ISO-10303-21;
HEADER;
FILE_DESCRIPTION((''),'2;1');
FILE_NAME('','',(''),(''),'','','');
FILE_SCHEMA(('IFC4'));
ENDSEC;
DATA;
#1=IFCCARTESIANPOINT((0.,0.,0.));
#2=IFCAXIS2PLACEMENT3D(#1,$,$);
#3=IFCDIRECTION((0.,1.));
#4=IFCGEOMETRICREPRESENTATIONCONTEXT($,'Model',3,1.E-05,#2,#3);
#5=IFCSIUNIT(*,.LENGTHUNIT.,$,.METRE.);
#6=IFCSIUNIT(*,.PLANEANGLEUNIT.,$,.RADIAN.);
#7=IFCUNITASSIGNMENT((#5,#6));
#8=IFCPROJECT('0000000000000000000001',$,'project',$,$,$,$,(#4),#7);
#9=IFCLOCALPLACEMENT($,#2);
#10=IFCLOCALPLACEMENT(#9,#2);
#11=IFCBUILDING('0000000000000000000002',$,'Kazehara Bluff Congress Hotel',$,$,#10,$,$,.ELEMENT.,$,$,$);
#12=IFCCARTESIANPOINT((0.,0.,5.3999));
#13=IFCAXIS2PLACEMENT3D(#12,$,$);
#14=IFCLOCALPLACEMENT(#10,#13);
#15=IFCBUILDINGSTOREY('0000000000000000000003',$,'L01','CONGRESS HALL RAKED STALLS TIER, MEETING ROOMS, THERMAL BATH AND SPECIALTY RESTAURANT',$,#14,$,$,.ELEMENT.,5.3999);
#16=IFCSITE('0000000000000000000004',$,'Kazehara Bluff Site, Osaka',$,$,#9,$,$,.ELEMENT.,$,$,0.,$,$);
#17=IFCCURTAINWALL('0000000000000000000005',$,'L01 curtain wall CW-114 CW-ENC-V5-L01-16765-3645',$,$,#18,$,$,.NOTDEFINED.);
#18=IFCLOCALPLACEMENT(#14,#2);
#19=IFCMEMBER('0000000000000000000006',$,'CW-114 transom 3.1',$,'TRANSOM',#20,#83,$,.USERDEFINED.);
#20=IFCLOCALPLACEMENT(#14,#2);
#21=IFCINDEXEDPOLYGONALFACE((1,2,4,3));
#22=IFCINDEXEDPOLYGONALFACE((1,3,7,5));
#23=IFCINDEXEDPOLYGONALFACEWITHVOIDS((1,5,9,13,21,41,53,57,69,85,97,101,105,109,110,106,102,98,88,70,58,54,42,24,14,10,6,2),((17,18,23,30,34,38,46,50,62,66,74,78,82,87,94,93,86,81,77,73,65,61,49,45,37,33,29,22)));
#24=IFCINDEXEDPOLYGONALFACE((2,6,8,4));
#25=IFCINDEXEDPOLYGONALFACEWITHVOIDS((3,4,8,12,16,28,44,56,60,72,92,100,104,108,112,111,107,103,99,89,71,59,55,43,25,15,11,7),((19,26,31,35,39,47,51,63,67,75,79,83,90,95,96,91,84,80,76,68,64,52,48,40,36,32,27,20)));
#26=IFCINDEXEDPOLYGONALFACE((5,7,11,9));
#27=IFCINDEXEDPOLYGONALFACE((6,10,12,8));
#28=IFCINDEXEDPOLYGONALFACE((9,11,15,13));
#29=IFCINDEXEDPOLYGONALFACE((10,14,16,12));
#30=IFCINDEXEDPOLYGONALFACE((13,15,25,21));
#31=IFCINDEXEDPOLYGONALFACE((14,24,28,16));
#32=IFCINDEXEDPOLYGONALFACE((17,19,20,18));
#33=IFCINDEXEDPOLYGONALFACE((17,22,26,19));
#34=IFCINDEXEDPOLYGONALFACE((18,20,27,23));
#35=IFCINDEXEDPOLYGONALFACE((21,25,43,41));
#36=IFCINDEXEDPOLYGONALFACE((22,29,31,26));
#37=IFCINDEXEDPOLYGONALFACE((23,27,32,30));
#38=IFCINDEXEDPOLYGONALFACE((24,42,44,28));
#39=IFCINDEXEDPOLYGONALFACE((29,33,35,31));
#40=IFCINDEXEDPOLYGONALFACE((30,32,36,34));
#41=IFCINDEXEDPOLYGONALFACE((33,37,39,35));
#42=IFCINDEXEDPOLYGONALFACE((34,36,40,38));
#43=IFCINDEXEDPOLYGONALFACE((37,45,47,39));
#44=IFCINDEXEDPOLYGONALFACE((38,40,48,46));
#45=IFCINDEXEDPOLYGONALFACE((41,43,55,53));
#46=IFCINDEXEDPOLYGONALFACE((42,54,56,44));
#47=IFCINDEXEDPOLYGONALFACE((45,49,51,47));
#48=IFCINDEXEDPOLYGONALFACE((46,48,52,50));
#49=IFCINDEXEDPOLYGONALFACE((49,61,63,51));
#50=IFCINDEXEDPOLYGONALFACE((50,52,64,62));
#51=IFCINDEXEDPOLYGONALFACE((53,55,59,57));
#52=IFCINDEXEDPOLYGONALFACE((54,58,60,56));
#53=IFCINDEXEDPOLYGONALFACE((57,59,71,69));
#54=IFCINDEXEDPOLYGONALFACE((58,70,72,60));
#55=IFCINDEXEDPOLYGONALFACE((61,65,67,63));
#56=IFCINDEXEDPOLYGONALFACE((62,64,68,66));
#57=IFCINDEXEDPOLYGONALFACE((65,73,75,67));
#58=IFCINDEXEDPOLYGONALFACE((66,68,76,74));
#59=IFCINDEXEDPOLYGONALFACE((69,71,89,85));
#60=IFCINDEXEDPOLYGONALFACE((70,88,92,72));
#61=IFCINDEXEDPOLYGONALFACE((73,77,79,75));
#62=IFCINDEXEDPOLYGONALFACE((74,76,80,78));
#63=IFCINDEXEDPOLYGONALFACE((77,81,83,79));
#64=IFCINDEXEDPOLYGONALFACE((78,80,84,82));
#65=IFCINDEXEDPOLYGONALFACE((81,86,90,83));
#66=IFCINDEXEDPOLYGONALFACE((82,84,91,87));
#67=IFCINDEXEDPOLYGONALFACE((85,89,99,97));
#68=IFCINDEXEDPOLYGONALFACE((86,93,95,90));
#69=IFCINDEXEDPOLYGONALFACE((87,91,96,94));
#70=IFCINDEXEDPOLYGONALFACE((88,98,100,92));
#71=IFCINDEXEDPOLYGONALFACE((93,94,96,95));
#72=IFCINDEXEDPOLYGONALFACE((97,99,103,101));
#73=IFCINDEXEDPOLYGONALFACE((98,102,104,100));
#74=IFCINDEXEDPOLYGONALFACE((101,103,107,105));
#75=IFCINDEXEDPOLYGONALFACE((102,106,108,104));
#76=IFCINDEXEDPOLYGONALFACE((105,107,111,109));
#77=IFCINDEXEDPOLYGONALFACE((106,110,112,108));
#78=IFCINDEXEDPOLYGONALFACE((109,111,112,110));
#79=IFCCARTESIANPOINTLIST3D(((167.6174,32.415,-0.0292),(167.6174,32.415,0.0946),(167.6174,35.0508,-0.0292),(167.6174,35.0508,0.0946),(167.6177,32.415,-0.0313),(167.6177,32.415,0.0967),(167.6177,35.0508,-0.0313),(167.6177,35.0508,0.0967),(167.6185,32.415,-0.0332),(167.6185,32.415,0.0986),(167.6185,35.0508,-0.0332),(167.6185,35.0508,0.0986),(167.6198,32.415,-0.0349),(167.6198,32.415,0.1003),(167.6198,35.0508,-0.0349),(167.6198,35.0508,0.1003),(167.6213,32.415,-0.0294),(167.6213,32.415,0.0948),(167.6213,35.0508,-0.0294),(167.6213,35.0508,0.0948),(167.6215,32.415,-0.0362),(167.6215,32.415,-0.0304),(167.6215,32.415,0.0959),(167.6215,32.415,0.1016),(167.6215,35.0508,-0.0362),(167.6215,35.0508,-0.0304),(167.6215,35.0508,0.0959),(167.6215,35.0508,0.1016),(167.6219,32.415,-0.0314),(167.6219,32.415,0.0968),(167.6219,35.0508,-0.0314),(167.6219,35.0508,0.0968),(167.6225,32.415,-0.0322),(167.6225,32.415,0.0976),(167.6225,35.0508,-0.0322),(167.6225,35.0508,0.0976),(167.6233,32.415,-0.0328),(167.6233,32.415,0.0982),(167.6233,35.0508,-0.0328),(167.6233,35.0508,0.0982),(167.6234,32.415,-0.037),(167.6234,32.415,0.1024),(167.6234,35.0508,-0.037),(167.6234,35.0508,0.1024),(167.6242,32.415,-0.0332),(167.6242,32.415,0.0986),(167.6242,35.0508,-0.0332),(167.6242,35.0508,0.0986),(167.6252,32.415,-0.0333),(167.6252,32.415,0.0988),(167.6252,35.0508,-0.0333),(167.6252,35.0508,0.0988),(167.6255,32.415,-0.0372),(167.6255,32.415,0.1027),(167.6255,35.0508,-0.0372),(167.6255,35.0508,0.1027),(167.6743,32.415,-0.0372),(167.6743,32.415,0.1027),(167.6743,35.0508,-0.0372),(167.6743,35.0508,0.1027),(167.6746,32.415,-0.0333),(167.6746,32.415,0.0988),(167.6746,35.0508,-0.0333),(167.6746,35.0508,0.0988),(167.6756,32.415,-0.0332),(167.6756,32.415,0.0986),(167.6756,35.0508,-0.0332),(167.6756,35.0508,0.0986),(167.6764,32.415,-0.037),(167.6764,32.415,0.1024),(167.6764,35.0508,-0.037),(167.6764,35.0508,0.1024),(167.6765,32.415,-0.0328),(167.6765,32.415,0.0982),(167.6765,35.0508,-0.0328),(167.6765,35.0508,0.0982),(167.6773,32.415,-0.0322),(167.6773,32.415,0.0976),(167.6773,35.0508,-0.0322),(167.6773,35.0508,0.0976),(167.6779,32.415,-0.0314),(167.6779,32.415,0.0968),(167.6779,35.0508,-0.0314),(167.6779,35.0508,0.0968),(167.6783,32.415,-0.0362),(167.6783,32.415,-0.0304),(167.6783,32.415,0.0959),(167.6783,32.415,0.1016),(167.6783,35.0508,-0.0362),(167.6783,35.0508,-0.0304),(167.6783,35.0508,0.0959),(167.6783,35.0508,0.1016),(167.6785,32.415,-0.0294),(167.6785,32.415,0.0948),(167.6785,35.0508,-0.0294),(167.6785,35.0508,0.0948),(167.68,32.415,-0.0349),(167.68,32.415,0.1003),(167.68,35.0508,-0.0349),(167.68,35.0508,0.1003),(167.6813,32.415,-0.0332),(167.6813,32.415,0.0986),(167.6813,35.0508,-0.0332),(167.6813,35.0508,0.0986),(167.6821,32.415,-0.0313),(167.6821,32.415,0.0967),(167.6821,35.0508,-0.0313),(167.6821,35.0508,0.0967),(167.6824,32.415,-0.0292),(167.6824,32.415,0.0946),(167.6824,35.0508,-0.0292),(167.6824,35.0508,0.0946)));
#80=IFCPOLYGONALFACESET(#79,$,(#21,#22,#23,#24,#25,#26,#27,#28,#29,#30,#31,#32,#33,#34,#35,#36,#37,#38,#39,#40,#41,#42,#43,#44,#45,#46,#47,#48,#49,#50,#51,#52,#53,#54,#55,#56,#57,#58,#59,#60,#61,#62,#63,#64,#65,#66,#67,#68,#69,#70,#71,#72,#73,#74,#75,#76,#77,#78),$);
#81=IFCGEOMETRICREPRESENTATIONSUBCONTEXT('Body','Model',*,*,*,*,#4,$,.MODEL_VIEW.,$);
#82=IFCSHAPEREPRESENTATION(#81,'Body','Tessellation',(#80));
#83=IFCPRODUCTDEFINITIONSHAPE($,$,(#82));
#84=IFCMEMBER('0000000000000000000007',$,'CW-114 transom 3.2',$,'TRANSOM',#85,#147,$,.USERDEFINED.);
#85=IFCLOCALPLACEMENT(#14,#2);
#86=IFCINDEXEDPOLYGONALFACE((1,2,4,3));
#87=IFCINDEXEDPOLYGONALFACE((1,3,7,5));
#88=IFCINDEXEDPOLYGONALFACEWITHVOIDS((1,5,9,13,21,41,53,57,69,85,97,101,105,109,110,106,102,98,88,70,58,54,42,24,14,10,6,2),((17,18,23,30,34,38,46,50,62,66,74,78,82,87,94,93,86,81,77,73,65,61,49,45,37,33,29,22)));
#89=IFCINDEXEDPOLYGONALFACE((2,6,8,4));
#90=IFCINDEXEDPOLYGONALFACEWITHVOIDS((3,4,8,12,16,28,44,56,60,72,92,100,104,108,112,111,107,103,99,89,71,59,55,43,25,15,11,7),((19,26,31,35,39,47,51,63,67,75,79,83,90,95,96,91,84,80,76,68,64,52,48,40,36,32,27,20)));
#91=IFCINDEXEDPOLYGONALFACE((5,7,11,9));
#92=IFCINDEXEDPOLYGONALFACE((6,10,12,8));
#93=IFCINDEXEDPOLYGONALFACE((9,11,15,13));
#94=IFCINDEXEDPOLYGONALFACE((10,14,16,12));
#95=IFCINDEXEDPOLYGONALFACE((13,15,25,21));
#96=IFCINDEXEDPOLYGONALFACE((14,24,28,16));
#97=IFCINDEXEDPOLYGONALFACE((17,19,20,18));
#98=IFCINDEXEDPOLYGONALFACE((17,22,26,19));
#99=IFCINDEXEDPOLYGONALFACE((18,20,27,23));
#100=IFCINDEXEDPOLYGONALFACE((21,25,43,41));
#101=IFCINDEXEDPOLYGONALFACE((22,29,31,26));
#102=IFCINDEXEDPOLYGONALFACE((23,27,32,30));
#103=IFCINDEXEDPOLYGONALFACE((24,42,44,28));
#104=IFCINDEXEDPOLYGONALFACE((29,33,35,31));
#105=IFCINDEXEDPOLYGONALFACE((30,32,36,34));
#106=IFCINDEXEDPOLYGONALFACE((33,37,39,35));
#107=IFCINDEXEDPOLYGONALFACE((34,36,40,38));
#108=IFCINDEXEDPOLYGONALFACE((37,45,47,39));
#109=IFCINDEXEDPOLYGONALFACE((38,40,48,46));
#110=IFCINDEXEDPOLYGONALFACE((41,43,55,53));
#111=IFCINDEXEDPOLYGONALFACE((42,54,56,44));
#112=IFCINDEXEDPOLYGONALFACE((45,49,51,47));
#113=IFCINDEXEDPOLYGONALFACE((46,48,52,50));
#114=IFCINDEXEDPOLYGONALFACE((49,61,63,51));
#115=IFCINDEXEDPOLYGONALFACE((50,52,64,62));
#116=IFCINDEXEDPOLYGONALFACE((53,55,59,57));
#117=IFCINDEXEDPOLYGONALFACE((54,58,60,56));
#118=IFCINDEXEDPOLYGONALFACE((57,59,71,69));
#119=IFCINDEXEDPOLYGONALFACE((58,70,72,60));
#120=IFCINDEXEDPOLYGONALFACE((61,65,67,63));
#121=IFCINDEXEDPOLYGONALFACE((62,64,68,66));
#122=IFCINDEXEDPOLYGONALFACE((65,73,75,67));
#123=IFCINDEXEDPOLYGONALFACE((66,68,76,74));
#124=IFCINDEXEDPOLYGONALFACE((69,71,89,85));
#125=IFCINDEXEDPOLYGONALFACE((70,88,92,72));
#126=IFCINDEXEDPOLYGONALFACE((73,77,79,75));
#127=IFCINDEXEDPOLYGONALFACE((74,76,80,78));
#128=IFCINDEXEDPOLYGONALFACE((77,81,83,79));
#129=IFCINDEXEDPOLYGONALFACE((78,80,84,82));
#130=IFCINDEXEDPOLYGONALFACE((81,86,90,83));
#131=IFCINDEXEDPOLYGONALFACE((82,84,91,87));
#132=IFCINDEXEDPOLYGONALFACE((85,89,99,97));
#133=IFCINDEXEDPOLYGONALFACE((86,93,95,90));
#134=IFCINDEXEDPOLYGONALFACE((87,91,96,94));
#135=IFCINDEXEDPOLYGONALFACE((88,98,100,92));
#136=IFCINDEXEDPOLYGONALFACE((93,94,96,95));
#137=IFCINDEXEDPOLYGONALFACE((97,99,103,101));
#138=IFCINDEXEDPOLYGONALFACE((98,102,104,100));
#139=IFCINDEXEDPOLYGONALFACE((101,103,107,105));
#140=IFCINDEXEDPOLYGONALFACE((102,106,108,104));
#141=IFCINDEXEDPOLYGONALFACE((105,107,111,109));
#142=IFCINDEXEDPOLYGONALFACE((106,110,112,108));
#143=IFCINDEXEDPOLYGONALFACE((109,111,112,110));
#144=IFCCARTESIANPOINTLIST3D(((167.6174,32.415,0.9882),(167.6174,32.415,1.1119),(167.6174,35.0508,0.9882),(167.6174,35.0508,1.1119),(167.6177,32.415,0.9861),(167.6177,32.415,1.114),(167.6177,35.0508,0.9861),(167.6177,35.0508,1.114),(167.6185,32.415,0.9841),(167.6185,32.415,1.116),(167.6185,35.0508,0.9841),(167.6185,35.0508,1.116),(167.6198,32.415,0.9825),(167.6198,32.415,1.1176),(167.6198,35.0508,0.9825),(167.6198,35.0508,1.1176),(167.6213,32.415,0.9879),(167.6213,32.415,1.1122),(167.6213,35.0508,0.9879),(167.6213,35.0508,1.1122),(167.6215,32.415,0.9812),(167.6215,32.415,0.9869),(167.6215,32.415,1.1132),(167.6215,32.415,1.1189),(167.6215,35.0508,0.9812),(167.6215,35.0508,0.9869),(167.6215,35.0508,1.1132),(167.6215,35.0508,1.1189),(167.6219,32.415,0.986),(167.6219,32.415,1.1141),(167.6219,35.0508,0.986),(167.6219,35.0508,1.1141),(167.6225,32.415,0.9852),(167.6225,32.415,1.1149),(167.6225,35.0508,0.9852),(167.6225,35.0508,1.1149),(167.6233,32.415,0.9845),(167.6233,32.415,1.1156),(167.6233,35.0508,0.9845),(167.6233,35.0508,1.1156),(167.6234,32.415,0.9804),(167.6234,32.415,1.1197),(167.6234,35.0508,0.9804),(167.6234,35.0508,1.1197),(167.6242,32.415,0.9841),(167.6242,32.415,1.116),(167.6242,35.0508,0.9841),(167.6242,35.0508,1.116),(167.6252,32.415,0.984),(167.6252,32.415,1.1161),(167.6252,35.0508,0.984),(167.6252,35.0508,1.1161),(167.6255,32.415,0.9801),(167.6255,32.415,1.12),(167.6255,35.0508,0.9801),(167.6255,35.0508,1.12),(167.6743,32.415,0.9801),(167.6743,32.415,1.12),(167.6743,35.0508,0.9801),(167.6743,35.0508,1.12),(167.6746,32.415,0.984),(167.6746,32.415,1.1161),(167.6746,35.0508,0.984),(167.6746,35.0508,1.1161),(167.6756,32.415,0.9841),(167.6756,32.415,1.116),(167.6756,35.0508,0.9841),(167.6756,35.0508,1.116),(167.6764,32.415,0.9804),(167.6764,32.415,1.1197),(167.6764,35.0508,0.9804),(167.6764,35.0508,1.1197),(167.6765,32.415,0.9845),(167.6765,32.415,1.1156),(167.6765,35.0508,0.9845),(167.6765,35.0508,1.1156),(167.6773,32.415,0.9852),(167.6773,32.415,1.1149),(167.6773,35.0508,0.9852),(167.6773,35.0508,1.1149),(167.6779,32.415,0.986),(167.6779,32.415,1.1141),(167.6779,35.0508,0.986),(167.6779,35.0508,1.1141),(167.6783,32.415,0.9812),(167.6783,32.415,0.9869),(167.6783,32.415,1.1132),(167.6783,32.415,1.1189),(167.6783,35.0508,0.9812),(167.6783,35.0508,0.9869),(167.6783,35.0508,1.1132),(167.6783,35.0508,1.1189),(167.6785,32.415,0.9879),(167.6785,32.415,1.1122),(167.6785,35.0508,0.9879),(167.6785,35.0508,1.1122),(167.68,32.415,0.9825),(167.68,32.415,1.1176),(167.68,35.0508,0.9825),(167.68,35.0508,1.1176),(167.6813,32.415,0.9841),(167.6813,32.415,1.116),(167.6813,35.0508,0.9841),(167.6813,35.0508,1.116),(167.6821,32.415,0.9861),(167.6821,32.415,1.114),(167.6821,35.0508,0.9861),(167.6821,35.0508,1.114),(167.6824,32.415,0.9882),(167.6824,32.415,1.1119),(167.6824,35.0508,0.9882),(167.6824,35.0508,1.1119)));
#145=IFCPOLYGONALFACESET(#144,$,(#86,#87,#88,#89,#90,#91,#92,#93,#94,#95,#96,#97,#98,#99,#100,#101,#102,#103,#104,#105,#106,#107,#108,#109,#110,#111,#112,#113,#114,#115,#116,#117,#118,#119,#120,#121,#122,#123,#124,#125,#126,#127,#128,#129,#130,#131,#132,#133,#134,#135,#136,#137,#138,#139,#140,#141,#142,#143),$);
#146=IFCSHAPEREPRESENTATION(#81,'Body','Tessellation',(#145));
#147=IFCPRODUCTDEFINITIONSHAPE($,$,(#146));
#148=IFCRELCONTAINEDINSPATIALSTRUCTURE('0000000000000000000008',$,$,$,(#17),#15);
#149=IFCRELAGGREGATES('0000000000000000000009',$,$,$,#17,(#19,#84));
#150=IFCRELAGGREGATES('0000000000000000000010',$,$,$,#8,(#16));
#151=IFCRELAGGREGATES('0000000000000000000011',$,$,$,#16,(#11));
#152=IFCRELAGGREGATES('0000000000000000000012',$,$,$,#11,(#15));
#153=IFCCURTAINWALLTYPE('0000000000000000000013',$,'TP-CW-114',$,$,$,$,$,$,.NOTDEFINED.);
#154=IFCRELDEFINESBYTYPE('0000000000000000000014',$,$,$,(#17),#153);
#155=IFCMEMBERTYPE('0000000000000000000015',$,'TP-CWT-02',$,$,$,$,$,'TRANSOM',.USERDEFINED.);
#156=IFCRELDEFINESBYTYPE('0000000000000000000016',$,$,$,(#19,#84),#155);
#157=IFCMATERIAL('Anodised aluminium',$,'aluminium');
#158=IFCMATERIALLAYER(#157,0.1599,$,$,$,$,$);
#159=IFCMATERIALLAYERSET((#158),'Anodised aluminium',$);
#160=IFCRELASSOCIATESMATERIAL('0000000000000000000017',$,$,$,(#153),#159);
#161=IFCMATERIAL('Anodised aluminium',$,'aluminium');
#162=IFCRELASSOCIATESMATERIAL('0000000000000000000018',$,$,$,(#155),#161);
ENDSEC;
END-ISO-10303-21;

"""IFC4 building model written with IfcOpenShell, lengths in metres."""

from ifc_helpers import new_model, si_unit, direction, frame, origin, origin_2d, place, context, subcontext, project, spatial, hollow_rectangle, extrude, material, layer, layer_set, material_profile, profile_set, type_object, element, aggregate, save


model = new_model("IFC4")

# Units and contexts
model_context = context("Model", 3, precision=1e-05, world=origin(), true_north=direction((0.0, 1.0)))
body_context = subcontext(model_context, "Body", "Model", "MODEL_VIEW")
ifc_project = project(units=[si_unit("LENGTHUNIT", "METRE"), si_unit("PLANEANGLEUNIT", "RADIAN")], contexts=[model_context])

# Site, building, storey
site_placement = place(None, origin())
site = spatial("IfcSite", under=ifc_project, at=site_placement, Name="Kazehara Bluff Site, Osaka", CompositionType="ELEMENT", RefElevation=0.0)
building_placement = place(site_placement, origin())
building = spatial("IfcBuilding", under=site, at=building_placement, Name="Kazehara Bluff Congress Hotel", CompositionType="ELEMENT")
storey_placement = place(building_placement, frame((0.0, 0.0, 5.3999)))
storey = spatial("IfcBuildingStorey", under=building, at=storey_placement, Name="L01", Description="CONGRESS HALL RAKED STALLS TIER, MEETING ROOMS, THERMAL BATH AND SPECIALTY RESTAURANT", CompositionType="ELEMENT", Elevation=5.3999)

# Curtain wall
ifc_material_1 = material(Name="Anodised aluminium", Category="aluminium")
ifc_layer_1 = layer(ifc_material_1, 0.1599)
ifc_layer_set_1 = layer_set([ifc_layer_1], Name="Anodised aluminium")
curtain_wall_type_1 = type_object("IfcCurtainWallType", Name="TP-CW-114", PredefinedType="NOTDEFINED", material=ifc_layer_set_1)
curtain_wall_1_placement = place(storey_placement, origin())
curtain_wall_1 = element("IfcCurtainWall", 1, at=curtain_wall_1_placement, inside=storey, type_object=curtain_wall_type_1, Name="L01 curtain wall CW-114 CW-ENC-V5-L01-16765-3645", PredefinedType="NOTDEFINED")

# Members
ifc_material_2 = material(Name="Anodised aluminium", Category="aluminium")
ifc_material_profile_1 = material_profile(ifc_material_2, hollow_rectangle(XDim=0.0649, YDim=0.1399, WallThickness=0.0039, InnerFilletRadius=0.0039, OuterFilletRadius=0.0081, at=origin_2d()))
ifc_profile_set_1 = profile_set([ifc_material_profile_1], Name="Anodised aluminium")
member_type_1 = type_object("IfcMemberType", Name="TP-CWT-02", ElementType="TRANSOM", PredefinedType="USERDEFINED", material=ifc_profile_set_1)
member_1_placement = place(storey_placement, frame((167.6499, 35.0508, 0.0327), z_axis=(0.0, -1.0, 0.0), x_axis=(1.0, 0.0, 0.0)))
member_1 = element("IfcMember", 2, at=member_1_placement, type_object=member_type_1, Name="CW-114 transom 3.1", ObjectType="TRANSOM", PredefinedType="USERDEFINED", context=body_context, shape_type="SweptSolid", body=[
    extrude(hollow_rectangle(XDim=0.0649, YDim=0.1399, WallThickness=0.0039, InnerFilletRadius=0.0039, OuterFilletRadius=0.0081, at=origin_2d()), origin(), (0.0, 0.0, 1.0), 2.6357),
])
member_2_placement = place(storey_placement, frame((167.6499, 35.0508, 1.05), z_axis=(0.0, -1.0, 0.0), x_axis=(1.0, 0.0, 0.0)))
member_2 = element("IfcMember", 3, at=member_2_placement, type_object=member_type_1, Name="CW-114 transom 3.2", ObjectType="TRANSOM", PredefinedType="USERDEFINED", context=body_context, shape_type="SweptSolid", body=[
    extrude(hollow_rectangle(XDim=0.0649, YDim=0.1399, WallThickness=0.0039, InnerFilletRadius=0.0039, OuterFilletRadius=0.0081, at=origin_2d()), origin(), (0.0, 0.0, 1.0), 2.6357),
])

aggregate(curtain_wall_1, [member_1, member_2])

save(model, "model.ifc")
